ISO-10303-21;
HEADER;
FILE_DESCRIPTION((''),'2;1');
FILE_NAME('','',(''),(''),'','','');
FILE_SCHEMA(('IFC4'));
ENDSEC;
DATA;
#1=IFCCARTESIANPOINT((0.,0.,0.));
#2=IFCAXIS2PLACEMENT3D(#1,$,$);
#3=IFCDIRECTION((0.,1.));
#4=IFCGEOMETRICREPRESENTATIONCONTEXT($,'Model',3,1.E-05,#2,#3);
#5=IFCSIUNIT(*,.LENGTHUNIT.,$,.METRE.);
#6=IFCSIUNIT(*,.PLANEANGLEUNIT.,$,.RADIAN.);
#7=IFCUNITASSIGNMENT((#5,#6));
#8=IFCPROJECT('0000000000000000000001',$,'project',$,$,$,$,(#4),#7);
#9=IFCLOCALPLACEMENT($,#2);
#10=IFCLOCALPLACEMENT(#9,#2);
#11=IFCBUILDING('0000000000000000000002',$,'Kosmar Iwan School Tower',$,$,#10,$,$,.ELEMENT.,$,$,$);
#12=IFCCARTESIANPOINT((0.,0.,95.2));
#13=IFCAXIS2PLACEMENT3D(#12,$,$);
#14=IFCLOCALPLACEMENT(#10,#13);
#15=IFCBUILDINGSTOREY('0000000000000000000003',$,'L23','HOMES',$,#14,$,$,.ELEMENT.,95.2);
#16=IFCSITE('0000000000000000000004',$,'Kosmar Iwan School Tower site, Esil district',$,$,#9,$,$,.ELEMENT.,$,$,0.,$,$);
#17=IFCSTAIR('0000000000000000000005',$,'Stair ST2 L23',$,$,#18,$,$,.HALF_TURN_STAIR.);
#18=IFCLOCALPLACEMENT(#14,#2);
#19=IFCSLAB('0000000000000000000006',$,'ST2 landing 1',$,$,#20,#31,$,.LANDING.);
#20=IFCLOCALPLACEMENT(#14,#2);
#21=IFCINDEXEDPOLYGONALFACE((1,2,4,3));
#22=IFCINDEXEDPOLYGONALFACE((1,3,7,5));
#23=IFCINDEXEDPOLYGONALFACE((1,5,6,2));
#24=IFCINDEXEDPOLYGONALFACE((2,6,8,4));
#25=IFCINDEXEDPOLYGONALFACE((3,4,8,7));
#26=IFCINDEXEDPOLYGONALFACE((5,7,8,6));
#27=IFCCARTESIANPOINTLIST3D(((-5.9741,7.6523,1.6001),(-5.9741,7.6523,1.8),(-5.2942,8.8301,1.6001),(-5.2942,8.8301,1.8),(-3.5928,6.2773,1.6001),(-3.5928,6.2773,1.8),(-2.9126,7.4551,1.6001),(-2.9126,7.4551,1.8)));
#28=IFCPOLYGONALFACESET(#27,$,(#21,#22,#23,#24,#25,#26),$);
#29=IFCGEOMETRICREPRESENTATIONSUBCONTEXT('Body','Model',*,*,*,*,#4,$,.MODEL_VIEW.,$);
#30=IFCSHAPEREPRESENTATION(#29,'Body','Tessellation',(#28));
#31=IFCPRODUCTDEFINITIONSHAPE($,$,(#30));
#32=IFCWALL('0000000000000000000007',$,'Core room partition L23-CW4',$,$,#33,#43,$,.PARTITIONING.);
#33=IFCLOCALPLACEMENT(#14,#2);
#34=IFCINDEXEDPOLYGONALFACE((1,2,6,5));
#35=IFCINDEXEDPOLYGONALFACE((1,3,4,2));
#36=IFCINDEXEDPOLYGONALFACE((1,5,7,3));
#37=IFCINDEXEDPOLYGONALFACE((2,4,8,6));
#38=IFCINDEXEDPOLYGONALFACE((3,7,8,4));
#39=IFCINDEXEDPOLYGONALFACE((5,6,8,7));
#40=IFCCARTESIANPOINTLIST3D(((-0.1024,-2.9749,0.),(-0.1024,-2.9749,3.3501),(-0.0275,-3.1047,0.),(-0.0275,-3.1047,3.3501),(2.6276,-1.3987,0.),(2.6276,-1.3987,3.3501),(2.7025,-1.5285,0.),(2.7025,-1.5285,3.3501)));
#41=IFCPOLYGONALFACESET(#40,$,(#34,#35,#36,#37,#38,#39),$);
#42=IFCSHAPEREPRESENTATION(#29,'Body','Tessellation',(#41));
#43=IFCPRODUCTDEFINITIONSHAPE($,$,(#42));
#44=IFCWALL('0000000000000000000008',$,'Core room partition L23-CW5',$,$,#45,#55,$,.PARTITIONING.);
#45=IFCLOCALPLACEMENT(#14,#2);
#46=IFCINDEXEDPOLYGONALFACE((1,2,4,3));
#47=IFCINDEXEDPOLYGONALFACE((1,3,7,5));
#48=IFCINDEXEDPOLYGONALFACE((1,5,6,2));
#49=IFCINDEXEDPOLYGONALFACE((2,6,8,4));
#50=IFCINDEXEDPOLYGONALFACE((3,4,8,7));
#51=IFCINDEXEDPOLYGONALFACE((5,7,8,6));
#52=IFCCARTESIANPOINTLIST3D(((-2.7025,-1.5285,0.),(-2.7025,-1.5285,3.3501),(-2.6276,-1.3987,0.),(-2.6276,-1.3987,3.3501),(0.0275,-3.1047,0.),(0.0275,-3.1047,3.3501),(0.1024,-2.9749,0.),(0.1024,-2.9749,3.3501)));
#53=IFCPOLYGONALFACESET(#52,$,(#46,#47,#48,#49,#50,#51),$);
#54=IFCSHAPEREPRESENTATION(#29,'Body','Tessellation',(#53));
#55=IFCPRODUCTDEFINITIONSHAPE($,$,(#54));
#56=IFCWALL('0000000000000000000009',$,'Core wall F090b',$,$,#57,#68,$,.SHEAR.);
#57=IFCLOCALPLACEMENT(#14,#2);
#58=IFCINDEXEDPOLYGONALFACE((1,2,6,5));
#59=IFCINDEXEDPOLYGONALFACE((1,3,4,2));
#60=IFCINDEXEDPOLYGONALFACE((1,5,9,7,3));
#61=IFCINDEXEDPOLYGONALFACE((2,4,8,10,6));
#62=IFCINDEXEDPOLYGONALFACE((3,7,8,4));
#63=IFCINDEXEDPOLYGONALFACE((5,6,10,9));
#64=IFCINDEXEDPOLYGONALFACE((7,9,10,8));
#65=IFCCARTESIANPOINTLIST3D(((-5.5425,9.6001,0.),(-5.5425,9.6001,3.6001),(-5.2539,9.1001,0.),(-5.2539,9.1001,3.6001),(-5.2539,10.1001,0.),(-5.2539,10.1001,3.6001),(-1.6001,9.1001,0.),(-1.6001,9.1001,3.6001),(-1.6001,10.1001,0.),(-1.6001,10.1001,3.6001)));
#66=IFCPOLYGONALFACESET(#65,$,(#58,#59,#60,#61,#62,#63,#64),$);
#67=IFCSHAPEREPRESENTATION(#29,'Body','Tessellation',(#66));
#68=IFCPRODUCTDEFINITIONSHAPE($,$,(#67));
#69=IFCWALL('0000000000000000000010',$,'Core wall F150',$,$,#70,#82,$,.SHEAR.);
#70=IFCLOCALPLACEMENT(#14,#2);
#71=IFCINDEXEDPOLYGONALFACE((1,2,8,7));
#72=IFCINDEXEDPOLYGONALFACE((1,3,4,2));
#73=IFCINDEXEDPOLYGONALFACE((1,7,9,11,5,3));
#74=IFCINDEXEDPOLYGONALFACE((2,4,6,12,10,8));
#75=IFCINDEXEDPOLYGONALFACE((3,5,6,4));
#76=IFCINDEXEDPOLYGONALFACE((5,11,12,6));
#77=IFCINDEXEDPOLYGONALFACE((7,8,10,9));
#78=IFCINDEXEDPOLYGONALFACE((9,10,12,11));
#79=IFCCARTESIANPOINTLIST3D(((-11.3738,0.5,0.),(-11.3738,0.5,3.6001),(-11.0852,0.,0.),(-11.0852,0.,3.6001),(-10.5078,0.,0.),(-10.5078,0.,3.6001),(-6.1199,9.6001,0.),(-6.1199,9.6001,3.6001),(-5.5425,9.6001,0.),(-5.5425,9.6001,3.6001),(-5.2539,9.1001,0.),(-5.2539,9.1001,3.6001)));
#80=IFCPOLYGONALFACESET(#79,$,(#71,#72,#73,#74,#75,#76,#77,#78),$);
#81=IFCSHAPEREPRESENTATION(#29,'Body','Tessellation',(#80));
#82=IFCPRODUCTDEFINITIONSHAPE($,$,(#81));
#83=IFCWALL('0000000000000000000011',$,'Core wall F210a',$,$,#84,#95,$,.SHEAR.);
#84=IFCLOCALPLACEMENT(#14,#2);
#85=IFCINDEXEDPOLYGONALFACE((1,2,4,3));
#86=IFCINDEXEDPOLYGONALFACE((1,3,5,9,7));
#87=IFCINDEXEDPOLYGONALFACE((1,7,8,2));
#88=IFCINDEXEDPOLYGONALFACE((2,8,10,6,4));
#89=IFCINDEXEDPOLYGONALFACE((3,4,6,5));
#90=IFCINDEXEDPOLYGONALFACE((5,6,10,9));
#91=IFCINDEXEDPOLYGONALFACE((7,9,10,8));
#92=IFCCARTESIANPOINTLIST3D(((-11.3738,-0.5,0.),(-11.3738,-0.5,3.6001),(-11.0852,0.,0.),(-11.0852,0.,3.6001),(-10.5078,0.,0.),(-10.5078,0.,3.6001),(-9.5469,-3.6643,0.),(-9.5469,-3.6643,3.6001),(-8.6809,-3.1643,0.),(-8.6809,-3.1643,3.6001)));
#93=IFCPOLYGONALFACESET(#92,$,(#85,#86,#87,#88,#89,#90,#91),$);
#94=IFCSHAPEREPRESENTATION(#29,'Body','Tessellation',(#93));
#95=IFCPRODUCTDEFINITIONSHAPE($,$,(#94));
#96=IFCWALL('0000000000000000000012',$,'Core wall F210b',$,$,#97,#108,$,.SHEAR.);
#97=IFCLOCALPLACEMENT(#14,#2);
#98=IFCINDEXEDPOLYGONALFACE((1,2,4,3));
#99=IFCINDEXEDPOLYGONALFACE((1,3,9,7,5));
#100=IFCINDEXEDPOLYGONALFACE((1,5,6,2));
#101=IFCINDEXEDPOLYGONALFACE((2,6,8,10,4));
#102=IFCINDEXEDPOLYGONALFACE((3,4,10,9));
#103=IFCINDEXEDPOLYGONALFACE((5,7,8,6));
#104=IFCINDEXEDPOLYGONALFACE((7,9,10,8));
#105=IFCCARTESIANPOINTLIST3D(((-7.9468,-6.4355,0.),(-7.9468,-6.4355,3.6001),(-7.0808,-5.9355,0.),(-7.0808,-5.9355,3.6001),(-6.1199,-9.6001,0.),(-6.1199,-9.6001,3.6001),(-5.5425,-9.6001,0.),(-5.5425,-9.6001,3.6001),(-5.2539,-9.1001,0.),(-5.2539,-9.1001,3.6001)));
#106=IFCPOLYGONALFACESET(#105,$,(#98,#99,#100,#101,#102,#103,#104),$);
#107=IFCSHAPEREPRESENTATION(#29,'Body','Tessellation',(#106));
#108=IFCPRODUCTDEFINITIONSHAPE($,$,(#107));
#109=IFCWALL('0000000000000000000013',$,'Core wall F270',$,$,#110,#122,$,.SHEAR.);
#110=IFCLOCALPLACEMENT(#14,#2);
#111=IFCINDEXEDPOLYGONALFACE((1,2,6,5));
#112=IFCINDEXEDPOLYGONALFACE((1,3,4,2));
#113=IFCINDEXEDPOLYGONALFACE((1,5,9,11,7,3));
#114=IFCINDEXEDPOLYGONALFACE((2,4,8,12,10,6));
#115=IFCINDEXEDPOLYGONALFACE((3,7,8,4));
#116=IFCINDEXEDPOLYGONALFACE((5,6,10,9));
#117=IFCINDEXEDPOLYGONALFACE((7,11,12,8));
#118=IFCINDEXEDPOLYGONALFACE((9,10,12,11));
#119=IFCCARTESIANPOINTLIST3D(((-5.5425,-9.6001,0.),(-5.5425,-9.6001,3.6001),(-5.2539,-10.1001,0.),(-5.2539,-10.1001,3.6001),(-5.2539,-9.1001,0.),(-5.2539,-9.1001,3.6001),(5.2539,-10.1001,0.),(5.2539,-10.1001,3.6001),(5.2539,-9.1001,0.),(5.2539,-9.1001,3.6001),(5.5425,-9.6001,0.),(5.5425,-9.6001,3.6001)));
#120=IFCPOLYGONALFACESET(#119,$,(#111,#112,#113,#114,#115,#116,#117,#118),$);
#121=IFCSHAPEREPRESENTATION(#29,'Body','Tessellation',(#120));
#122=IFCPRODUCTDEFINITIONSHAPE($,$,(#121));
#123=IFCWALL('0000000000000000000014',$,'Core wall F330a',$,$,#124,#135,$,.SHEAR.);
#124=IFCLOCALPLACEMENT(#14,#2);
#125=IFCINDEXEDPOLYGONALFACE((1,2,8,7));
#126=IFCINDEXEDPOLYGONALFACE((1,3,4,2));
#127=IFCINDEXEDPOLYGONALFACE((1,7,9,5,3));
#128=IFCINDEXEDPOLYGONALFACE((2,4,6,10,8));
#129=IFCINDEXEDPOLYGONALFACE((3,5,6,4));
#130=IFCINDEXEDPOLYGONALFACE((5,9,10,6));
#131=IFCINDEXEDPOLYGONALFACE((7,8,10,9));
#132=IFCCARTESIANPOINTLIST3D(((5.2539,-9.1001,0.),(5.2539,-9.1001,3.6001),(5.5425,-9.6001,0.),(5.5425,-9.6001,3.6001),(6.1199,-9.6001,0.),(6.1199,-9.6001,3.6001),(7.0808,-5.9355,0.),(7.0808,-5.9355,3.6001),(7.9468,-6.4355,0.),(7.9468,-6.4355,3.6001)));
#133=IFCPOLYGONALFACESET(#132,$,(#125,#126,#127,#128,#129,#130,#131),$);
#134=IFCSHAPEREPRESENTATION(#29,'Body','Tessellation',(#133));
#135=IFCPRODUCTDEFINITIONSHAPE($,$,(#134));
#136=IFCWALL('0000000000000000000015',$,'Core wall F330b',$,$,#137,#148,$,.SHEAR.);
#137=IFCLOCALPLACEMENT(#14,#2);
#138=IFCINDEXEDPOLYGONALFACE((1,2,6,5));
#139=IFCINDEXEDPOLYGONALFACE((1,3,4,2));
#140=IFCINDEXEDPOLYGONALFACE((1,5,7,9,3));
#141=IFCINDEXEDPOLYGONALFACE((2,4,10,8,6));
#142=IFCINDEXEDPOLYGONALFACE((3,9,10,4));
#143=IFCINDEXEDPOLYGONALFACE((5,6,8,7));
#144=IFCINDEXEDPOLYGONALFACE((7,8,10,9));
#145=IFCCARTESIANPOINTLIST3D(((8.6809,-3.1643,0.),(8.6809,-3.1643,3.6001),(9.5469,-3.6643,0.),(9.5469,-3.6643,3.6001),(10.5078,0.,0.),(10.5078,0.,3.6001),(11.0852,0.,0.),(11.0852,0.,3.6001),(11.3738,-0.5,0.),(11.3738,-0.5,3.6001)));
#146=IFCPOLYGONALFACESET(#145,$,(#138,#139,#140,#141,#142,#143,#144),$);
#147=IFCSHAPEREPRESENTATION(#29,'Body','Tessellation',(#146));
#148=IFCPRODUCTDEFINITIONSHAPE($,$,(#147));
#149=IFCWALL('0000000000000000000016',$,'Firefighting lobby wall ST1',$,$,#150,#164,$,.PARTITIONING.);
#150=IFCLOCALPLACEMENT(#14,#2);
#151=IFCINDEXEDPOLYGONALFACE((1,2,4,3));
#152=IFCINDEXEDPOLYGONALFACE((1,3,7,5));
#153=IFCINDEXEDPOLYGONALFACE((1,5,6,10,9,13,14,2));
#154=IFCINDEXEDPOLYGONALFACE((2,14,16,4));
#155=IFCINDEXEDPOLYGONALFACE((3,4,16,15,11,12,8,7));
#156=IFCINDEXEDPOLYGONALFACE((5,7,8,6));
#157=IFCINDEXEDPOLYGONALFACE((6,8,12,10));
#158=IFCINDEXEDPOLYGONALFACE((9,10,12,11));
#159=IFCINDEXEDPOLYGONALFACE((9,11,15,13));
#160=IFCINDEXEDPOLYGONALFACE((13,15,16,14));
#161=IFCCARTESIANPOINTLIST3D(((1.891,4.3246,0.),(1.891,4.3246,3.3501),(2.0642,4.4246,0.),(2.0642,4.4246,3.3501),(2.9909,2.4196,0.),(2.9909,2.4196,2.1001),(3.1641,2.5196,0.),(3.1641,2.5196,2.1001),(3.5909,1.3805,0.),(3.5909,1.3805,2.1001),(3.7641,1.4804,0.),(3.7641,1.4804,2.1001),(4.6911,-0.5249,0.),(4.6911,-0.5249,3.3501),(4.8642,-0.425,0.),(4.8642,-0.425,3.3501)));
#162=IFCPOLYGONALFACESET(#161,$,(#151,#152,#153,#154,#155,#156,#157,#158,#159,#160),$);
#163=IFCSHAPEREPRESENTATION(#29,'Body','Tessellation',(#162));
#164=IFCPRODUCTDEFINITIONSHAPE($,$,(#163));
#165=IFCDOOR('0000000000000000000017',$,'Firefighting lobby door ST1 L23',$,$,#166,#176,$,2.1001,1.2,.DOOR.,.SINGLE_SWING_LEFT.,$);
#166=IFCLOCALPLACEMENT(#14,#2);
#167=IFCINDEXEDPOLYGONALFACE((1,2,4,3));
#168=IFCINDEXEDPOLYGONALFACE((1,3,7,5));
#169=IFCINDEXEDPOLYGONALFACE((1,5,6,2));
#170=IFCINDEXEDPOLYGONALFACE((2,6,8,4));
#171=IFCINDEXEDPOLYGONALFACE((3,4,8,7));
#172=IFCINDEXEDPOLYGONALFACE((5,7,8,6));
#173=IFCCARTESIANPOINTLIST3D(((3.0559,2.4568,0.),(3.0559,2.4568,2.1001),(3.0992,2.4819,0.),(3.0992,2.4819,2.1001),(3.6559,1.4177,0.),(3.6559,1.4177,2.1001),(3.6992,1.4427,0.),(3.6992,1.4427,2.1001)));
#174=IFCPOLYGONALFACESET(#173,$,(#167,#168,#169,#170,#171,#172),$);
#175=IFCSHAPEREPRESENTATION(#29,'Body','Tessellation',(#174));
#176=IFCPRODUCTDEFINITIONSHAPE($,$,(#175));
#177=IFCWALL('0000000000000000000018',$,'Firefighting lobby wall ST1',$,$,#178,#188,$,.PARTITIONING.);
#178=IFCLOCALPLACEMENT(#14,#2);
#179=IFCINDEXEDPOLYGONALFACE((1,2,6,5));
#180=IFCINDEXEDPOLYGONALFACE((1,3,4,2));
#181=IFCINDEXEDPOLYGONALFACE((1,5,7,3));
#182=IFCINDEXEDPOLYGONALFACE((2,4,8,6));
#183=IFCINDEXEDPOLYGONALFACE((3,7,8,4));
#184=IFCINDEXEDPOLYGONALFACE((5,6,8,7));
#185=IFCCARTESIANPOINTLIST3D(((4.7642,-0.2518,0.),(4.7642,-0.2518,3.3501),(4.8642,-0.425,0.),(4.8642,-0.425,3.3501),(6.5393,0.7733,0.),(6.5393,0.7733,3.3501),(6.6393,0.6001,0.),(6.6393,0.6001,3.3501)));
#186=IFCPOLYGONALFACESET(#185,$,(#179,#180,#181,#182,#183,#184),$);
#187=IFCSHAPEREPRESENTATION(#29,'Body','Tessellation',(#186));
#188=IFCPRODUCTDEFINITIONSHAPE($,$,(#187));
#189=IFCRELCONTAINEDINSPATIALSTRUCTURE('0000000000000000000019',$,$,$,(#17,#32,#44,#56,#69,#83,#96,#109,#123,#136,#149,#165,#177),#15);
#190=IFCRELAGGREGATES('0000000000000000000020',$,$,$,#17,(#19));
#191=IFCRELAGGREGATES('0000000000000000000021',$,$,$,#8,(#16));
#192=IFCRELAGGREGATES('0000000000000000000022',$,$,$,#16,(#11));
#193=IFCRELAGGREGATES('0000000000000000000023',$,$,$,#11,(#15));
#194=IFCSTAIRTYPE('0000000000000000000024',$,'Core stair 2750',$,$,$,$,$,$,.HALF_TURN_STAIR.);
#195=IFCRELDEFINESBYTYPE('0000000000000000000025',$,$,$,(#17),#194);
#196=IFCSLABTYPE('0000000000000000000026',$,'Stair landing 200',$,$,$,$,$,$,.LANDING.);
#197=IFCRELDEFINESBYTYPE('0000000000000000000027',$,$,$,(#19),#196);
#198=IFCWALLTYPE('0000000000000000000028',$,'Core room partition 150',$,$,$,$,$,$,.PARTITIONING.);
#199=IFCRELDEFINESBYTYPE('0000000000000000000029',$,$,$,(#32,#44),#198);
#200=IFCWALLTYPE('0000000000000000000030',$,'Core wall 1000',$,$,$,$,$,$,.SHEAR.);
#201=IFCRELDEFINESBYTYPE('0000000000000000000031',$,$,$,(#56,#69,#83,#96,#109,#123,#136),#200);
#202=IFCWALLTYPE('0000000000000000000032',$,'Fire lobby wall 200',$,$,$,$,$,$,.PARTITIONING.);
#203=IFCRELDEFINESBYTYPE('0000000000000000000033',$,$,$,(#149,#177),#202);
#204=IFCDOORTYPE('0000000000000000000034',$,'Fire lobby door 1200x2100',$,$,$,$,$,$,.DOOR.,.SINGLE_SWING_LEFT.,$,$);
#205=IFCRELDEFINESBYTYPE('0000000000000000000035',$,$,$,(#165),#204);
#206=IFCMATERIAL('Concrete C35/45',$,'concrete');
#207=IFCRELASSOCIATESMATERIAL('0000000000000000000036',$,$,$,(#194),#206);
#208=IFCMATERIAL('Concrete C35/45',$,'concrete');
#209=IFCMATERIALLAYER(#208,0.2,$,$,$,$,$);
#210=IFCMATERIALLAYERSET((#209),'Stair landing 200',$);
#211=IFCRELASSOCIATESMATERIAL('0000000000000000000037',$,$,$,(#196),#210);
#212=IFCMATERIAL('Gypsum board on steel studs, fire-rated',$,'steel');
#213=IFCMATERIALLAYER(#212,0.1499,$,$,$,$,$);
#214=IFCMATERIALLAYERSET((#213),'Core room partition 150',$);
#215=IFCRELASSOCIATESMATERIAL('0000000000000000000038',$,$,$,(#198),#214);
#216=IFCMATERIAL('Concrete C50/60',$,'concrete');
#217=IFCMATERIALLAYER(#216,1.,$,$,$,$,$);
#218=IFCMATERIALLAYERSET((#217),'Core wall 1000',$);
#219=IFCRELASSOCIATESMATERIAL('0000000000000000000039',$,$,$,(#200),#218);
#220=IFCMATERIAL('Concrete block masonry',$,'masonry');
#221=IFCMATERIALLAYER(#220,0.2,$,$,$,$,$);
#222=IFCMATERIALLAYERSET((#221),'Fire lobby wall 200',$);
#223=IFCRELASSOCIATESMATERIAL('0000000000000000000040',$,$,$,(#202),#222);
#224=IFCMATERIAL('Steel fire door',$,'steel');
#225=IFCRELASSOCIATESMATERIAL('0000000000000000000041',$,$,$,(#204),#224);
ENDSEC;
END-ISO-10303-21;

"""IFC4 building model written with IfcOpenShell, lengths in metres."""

from ifc_helpers import new_model, si_unit, direction, frame, frame_2d, origin, place, context, subcontext, project, spatial, polyline, rectangle, outline, extrude, material, layer, layer_set, type_object, element, fill, aggregate, save


model = new_model("IFC4")

# Units and contexts
model_context = context("Model", 3, precision=1e-05, world=origin(), true_north=direction((0.0, 1.0)))
body_context = subcontext(model_context, "Body", "Model", "MODEL_VIEW")
ifc_project = project(units=[si_unit("LENGTHUNIT", "METRE"), si_unit("PLANEANGLEUNIT", "RADIAN")], contexts=[model_context])

# Site, building, storey
site_placement = place(None, origin())
site = spatial("IfcSite", under=ifc_project, at=site_placement, Name="Kosmar Iwan School Tower site, Esil district", CompositionType="ELEMENT", RefElevation=0.0)
building_placement = place(site_placement, origin())
building = spatial("IfcBuilding", under=site, at=building_placement, Name="Kosmar Iwan School Tower", CompositionType="ELEMENT")
storey_placement = place(building_placement, frame((0.0, 0.0, 95.2)))
storey = spatial("IfcBuildingStorey", under=building, at=storey_placement, Name="L23", Description="HOMES", CompositionType="ELEMENT", Elevation=95.2)

# Stair, slab
ifc_material_1 = material(Name="Concrete C35/45", Category="concrete")
stair_type = type_object("IfcStairType", Name="Core stair 2750", PredefinedType="HALF_TURN_STAIR", material=ifc_material_1)
stair_placement = place(storey_placement, origin())
stair = element("IfcStair", 1, at=stair_placement, inside=storey, type_object=stair_type, Name="Stair ST2 L23", PredefinedType="HALF_TURN_STAIR")
ifc_material_2 = material(Name="Concrete C35/45", Category="concrete")
ifc_layer_1 = layer(ifc_material_2, 0.2)
ifc_layer_set_1 = layer_set([ifc_layer_1], Name="Stair landing 200")
slab_type = type_object("IfcSlabType", Name="Stair landing 200", PredefinedType="LANDING", material=ifc_layer_set_1)
slab_placement = place(storey_placement, frame((0.0, 0.0, 1.6001)))
slab = element("IfcSlab", 2, at=slab_placement, type_object=slab_type, Name="ST2 landing 1", PredefinedType="LANDING", context=body_context, shape_type="SweptSolid", body=[
    extrude(outline(polyline([(-2.9126, 7.4551), (-5.2942, 8.8301), (-5.9741, 7.6523), (-3.5928, 6.2773), (-2.9126, 7.4551)])), origin(), (0.0, 0.0, 1.0), 0.2),
])
aggregate(stair, [slab])

# Walls
ifc_material_3 = material(Name="Gypsum board on steel studs, fire-rated", Category="steel")
ifc_layer_2 = layer(ifc_material_3, 0.1499)
ifc_layer_set_2 = layer_set([ifc_layer_2], Name="Core room partition 150")
wall_type_1 = type_object("IfcWallType", Name="Core room partition 150", PredefinedType="PARTITIONING", material=ifc_layer_set_2)
for number, where, z_axis, x_axis, name in (
    (3, (2.665, -1.4636, 0.0), (0.0, 0.0, 1.0), (-0.866023, -0.500004, 0.0), "Core room partition L23-CW4"),
    (4, (0.0649, -3.0398, 0.0), (0.0, 0.0, 1.0), (-0.866023, 0.500004, 0.0), "Core room partition L23-CW5"),
):
    element("IfcWall", number, at=place(storey_placement, frame(where, z_axis=z_axis, x_axis=x_axis)), inside=storey, type_object=wall_type_1, Name=name, PredefinedType="PARTITIONING", context=body_context, shape_type="SweptSolid", body=[
        extrude(rectangle(XDim=3.1523, YDim=0.1499, at=frame_2d((1.5762, 0.0))), origin(), (0.0, 0.0, 1.0), 3.3501),
    ])
ifc_material_4 = material(Name="Concrete C50/60", Category="concrete")
ifc_layer_3 = layer(ifc_material_4, 1.0)
ifc_layer_set_3 = layer_set([ifc_layer_3], Name="Core wall 1000")
wall_type_2 = type_object("IfcWallType", Name="Core wall 1000", PredefinedType="SHEAR", material=ifc_layer_set_3)
wall_1_placement = place(storey_placement, origin())
element("IfcWall", 5, at=wall_1_placement, inside=storey, type_object=wall_type_2, Name="Core wall F090b", PredefinedType="SHEAR", context=body_context, shape_type="SweptSolid", body=[
    extrude(outline(polyline([(-5.2539, 9.1001), (-1.6001, 9.1001), (-1.6001, 10.1001), (-5.2539, 10.1001), (-5.5425, 9.6001), (-5.2539, 9.1001)])), origin(), (0.0, 0.0, 1.0), 3.6001),
])
wall_2_placement = place(storey_placement, origin())
element("IfcWall", 6, at=wall_2_placement, inside=storey, type_object=wall_type_2, Name="Core wall F150", PredefinedType="SHEAR", context=body_context, shape_type="SweptSolid", body=[
    extrude(outline(polyline([(-11.0852, 0.0), (-10.5078, 0.0), (-5.2539, 9.1001), (-5.5425, 9.6001), (-6.1199, 9.6001), (-11.3738, 0.5), (-11.0852, 0.0)])), origin(), (0.0, 0.0, 1.0), 3.6001),
])
wall_3_placement = place(storey_placement, origin())
element("IfcWall", 7, at=wall_3_placement, inside=storey, type_object=wall_type_2, Name="Core wall F210a", PredefinedType="SHEAR", context=body_context, shape_type="SweptSolid", body=[
    extrude(outline(polyline([(-9.5469, -3.6643), (-8.6809, -3.1643), (-10.5078, 0.0), (-11.0852, 0.0), (-11.3738, -0.5), (-9.5469, -3.6643)])), origin(), (0.0, 0.0, 1.0), 3.6001),
])
wall_4_placement = place(storey_placement, origin())
element("IfcWall", 8, at=wall_4_placement, inside=storey, type_object=wall_type_2, Name="Core wall F210b", PredefinedType="SHEAR", context=body_context, shape_type="SweptSolid", body=[
    extrude(outline(polyline([(-6.1199, -9.6001), (-5.5425, -9.6001), (-5.2539, -9.1001), (-7.0808, -5.9355), (-7.9468, -6.4355), (-6.1199, -9.6001)])), origin(), (0.0, 0.0, 1.0), 3.6001),
])
wall_5_placement = place(storey_placement, origin())
element("IfcWall", 9, at=wall_5_placement, inside=storey, type_object=wall_type_2, Name="Core wall F270", PredefinedType="SHEAR", context=body_context, shape_type="SweptSolid", body=[
    extrude(outline(polyline([(-5.2539, -10.1001), (5.2539, -10.1001), (5.5425, -9.6001), (5.2539, -9.1001), (-5.2539, -9.1001), (-5.5425, -9.6001), (-5.2539, -10.1001)])), origin(), (0.0, 0.0, 1.0), 3.6001),
])
wall_6_placement = place(storey_placement, origin())
element("IfcWall", 10, at=wall_6_placement, inside=storey, type_object=wall_type_2, Name="Core wall F330a", PredefinedType="SHEAR", context=body_context, shape_type="SweptSolid", body=[
    extrude(outline(polyline([(5.5425, -9.6001), (6.1199, -9.6001), (7.9468, -6.4355), (7.0808, -5.9355), (5.2539, -9.1001), (5.5425, -9.6001)])), origin(), (0.0, 0.0, 1.0), 3.6001),
])
wall_7_placement = place(storey_placement, origin())
element("IfcWall", 11, at=wall_7_placement, inside=storey, type_object=wall_type_2, Name="Core wall F330b", PredefinedType="SHEAR", context=body_context, shape_type="SweptSolid", body=[
    extrude(outline(polyline([(9.5469, -3.6643), (11.3738, -0.5), (11.0852, 0.0), (10.5078, 0.0), (8.6809, -3.1643), (9.5469, -3.6643)])), origin(), (0.0, 0.0, 1.0), 3.6001),
])

# Wall, opening, door
ifc_material_5 = material(Name="Concrete block masonry", Category="masonry")
ifc_layer_4 = layer(ifc_material_5, 0.2)
ifc_layer_set_4 = layer_set([ifc_layer_4], Name="Fire lobby wall 200")
wall_type_3 = type_object("IfcWallType", Name="Fire lobby wall 200", PredefinedType="PARTITIONING", material=ifc_layer_set_4)
wall_8_placement = place(storey_placement, frame((4.7776, -0.4749, 0.0), z_axis=(0.0, 0.0, 1.0), x_axis=(-0.500017, 0.866016, 0.0)))
wall_8 = element("IfcWall", 12, at=wall_8_placement, inside=storey, type_object=wall_type_3, Name="Firefighting lobby wall ST1", PredefinedType="PARTITIONING", context=body_context, shape_type="SweptSolid", body=[
    extrude(rectangle(XDim=5.5999, YDim=0.2, at=frame_2d((2.7998, 0.0))), origin(), (0.0, 0.0, 1.0), 3.3501),
])
opening_placement = place(wall_8_placement, frame((2.2, 0.0, 0.0)))
opening = element("IfcOpeningElement", 13, at=opening_placement, cuts=wall_8, PredefinedType="OPENING", context=body_context, shape_type="SweptSolid", body=[
    extrude(rectangle(XDim=1.2, YDim=2.1001, at=frame_2d((0.6001, 1.05))), frame((0.0, 0.1121, 0.0), z_axis=(0.0, -1.0, 0.0), x_axis=(1.0, 0.0, 0.0)), (0.0, 0.0, 1.0), 0.2239),
])
ifc_material_6 = material(Name="Steel fire door", Category="steel")
door_type = type_object("IfcDoorType", Name="Fire lobby door 1200x2100", OperationType="SINGLE_SWING_LEFT", PredefinedType="DOOR", material=ifc_material_6)
door_placement = place(opening_placement, frame((1.2, 0.0, 0.0), z_axis=(0.0, 0.0, 1.0), x_axis=(-1.0, 0.0, 0.0)))
door = element("IfcDoor", 14, at=door_placement, inside=storey, type_object=door_type, Name="Firefighting lobby door ST1 L23", OperationType="SINGLE_SWING_LEFT", OverallHeight=2.1001, OverallWidth=1.2, PredefinedType="DOOR", context=body_context, shape_type="SweptSolid", body=[
    extrude(rectangle(XDim=1.2, YDim=2.1001, at=frame_2d((0.6001, 1.05))), frame((0.0, 0.0249, 0.0), z_axis=(0.0, -1.0, 0.0), x_axis=(1.0, 0.0, 0.0)), (0.0, 0.0, 1.0), 0.05),
])
fill(opening, door)

# Wall
wall_9_placement = place(storey_placement, frame((4.8142, -0.3384, 0.0), z_axis=(0.0, 0.0, 1.0), x_axis=(0.865969, 0.500097, 0.0)))
element("IfcWall", 15, at=wall_9_placement, inside=storey, type_object=wall_type_3, Name="Firefighting lobby wall ST1", PredefinedType="PARTITIONING", context=body_context, shape_type="SweptSolid", body=[
    extrude(rectangle(XDim=2.0498, YDim=0.2, at=frame_2d((1.0249, 0.0))), origin(), (0.0, 0.0, 1.0), 3.3501),
])

save(model, "model.ifc")
